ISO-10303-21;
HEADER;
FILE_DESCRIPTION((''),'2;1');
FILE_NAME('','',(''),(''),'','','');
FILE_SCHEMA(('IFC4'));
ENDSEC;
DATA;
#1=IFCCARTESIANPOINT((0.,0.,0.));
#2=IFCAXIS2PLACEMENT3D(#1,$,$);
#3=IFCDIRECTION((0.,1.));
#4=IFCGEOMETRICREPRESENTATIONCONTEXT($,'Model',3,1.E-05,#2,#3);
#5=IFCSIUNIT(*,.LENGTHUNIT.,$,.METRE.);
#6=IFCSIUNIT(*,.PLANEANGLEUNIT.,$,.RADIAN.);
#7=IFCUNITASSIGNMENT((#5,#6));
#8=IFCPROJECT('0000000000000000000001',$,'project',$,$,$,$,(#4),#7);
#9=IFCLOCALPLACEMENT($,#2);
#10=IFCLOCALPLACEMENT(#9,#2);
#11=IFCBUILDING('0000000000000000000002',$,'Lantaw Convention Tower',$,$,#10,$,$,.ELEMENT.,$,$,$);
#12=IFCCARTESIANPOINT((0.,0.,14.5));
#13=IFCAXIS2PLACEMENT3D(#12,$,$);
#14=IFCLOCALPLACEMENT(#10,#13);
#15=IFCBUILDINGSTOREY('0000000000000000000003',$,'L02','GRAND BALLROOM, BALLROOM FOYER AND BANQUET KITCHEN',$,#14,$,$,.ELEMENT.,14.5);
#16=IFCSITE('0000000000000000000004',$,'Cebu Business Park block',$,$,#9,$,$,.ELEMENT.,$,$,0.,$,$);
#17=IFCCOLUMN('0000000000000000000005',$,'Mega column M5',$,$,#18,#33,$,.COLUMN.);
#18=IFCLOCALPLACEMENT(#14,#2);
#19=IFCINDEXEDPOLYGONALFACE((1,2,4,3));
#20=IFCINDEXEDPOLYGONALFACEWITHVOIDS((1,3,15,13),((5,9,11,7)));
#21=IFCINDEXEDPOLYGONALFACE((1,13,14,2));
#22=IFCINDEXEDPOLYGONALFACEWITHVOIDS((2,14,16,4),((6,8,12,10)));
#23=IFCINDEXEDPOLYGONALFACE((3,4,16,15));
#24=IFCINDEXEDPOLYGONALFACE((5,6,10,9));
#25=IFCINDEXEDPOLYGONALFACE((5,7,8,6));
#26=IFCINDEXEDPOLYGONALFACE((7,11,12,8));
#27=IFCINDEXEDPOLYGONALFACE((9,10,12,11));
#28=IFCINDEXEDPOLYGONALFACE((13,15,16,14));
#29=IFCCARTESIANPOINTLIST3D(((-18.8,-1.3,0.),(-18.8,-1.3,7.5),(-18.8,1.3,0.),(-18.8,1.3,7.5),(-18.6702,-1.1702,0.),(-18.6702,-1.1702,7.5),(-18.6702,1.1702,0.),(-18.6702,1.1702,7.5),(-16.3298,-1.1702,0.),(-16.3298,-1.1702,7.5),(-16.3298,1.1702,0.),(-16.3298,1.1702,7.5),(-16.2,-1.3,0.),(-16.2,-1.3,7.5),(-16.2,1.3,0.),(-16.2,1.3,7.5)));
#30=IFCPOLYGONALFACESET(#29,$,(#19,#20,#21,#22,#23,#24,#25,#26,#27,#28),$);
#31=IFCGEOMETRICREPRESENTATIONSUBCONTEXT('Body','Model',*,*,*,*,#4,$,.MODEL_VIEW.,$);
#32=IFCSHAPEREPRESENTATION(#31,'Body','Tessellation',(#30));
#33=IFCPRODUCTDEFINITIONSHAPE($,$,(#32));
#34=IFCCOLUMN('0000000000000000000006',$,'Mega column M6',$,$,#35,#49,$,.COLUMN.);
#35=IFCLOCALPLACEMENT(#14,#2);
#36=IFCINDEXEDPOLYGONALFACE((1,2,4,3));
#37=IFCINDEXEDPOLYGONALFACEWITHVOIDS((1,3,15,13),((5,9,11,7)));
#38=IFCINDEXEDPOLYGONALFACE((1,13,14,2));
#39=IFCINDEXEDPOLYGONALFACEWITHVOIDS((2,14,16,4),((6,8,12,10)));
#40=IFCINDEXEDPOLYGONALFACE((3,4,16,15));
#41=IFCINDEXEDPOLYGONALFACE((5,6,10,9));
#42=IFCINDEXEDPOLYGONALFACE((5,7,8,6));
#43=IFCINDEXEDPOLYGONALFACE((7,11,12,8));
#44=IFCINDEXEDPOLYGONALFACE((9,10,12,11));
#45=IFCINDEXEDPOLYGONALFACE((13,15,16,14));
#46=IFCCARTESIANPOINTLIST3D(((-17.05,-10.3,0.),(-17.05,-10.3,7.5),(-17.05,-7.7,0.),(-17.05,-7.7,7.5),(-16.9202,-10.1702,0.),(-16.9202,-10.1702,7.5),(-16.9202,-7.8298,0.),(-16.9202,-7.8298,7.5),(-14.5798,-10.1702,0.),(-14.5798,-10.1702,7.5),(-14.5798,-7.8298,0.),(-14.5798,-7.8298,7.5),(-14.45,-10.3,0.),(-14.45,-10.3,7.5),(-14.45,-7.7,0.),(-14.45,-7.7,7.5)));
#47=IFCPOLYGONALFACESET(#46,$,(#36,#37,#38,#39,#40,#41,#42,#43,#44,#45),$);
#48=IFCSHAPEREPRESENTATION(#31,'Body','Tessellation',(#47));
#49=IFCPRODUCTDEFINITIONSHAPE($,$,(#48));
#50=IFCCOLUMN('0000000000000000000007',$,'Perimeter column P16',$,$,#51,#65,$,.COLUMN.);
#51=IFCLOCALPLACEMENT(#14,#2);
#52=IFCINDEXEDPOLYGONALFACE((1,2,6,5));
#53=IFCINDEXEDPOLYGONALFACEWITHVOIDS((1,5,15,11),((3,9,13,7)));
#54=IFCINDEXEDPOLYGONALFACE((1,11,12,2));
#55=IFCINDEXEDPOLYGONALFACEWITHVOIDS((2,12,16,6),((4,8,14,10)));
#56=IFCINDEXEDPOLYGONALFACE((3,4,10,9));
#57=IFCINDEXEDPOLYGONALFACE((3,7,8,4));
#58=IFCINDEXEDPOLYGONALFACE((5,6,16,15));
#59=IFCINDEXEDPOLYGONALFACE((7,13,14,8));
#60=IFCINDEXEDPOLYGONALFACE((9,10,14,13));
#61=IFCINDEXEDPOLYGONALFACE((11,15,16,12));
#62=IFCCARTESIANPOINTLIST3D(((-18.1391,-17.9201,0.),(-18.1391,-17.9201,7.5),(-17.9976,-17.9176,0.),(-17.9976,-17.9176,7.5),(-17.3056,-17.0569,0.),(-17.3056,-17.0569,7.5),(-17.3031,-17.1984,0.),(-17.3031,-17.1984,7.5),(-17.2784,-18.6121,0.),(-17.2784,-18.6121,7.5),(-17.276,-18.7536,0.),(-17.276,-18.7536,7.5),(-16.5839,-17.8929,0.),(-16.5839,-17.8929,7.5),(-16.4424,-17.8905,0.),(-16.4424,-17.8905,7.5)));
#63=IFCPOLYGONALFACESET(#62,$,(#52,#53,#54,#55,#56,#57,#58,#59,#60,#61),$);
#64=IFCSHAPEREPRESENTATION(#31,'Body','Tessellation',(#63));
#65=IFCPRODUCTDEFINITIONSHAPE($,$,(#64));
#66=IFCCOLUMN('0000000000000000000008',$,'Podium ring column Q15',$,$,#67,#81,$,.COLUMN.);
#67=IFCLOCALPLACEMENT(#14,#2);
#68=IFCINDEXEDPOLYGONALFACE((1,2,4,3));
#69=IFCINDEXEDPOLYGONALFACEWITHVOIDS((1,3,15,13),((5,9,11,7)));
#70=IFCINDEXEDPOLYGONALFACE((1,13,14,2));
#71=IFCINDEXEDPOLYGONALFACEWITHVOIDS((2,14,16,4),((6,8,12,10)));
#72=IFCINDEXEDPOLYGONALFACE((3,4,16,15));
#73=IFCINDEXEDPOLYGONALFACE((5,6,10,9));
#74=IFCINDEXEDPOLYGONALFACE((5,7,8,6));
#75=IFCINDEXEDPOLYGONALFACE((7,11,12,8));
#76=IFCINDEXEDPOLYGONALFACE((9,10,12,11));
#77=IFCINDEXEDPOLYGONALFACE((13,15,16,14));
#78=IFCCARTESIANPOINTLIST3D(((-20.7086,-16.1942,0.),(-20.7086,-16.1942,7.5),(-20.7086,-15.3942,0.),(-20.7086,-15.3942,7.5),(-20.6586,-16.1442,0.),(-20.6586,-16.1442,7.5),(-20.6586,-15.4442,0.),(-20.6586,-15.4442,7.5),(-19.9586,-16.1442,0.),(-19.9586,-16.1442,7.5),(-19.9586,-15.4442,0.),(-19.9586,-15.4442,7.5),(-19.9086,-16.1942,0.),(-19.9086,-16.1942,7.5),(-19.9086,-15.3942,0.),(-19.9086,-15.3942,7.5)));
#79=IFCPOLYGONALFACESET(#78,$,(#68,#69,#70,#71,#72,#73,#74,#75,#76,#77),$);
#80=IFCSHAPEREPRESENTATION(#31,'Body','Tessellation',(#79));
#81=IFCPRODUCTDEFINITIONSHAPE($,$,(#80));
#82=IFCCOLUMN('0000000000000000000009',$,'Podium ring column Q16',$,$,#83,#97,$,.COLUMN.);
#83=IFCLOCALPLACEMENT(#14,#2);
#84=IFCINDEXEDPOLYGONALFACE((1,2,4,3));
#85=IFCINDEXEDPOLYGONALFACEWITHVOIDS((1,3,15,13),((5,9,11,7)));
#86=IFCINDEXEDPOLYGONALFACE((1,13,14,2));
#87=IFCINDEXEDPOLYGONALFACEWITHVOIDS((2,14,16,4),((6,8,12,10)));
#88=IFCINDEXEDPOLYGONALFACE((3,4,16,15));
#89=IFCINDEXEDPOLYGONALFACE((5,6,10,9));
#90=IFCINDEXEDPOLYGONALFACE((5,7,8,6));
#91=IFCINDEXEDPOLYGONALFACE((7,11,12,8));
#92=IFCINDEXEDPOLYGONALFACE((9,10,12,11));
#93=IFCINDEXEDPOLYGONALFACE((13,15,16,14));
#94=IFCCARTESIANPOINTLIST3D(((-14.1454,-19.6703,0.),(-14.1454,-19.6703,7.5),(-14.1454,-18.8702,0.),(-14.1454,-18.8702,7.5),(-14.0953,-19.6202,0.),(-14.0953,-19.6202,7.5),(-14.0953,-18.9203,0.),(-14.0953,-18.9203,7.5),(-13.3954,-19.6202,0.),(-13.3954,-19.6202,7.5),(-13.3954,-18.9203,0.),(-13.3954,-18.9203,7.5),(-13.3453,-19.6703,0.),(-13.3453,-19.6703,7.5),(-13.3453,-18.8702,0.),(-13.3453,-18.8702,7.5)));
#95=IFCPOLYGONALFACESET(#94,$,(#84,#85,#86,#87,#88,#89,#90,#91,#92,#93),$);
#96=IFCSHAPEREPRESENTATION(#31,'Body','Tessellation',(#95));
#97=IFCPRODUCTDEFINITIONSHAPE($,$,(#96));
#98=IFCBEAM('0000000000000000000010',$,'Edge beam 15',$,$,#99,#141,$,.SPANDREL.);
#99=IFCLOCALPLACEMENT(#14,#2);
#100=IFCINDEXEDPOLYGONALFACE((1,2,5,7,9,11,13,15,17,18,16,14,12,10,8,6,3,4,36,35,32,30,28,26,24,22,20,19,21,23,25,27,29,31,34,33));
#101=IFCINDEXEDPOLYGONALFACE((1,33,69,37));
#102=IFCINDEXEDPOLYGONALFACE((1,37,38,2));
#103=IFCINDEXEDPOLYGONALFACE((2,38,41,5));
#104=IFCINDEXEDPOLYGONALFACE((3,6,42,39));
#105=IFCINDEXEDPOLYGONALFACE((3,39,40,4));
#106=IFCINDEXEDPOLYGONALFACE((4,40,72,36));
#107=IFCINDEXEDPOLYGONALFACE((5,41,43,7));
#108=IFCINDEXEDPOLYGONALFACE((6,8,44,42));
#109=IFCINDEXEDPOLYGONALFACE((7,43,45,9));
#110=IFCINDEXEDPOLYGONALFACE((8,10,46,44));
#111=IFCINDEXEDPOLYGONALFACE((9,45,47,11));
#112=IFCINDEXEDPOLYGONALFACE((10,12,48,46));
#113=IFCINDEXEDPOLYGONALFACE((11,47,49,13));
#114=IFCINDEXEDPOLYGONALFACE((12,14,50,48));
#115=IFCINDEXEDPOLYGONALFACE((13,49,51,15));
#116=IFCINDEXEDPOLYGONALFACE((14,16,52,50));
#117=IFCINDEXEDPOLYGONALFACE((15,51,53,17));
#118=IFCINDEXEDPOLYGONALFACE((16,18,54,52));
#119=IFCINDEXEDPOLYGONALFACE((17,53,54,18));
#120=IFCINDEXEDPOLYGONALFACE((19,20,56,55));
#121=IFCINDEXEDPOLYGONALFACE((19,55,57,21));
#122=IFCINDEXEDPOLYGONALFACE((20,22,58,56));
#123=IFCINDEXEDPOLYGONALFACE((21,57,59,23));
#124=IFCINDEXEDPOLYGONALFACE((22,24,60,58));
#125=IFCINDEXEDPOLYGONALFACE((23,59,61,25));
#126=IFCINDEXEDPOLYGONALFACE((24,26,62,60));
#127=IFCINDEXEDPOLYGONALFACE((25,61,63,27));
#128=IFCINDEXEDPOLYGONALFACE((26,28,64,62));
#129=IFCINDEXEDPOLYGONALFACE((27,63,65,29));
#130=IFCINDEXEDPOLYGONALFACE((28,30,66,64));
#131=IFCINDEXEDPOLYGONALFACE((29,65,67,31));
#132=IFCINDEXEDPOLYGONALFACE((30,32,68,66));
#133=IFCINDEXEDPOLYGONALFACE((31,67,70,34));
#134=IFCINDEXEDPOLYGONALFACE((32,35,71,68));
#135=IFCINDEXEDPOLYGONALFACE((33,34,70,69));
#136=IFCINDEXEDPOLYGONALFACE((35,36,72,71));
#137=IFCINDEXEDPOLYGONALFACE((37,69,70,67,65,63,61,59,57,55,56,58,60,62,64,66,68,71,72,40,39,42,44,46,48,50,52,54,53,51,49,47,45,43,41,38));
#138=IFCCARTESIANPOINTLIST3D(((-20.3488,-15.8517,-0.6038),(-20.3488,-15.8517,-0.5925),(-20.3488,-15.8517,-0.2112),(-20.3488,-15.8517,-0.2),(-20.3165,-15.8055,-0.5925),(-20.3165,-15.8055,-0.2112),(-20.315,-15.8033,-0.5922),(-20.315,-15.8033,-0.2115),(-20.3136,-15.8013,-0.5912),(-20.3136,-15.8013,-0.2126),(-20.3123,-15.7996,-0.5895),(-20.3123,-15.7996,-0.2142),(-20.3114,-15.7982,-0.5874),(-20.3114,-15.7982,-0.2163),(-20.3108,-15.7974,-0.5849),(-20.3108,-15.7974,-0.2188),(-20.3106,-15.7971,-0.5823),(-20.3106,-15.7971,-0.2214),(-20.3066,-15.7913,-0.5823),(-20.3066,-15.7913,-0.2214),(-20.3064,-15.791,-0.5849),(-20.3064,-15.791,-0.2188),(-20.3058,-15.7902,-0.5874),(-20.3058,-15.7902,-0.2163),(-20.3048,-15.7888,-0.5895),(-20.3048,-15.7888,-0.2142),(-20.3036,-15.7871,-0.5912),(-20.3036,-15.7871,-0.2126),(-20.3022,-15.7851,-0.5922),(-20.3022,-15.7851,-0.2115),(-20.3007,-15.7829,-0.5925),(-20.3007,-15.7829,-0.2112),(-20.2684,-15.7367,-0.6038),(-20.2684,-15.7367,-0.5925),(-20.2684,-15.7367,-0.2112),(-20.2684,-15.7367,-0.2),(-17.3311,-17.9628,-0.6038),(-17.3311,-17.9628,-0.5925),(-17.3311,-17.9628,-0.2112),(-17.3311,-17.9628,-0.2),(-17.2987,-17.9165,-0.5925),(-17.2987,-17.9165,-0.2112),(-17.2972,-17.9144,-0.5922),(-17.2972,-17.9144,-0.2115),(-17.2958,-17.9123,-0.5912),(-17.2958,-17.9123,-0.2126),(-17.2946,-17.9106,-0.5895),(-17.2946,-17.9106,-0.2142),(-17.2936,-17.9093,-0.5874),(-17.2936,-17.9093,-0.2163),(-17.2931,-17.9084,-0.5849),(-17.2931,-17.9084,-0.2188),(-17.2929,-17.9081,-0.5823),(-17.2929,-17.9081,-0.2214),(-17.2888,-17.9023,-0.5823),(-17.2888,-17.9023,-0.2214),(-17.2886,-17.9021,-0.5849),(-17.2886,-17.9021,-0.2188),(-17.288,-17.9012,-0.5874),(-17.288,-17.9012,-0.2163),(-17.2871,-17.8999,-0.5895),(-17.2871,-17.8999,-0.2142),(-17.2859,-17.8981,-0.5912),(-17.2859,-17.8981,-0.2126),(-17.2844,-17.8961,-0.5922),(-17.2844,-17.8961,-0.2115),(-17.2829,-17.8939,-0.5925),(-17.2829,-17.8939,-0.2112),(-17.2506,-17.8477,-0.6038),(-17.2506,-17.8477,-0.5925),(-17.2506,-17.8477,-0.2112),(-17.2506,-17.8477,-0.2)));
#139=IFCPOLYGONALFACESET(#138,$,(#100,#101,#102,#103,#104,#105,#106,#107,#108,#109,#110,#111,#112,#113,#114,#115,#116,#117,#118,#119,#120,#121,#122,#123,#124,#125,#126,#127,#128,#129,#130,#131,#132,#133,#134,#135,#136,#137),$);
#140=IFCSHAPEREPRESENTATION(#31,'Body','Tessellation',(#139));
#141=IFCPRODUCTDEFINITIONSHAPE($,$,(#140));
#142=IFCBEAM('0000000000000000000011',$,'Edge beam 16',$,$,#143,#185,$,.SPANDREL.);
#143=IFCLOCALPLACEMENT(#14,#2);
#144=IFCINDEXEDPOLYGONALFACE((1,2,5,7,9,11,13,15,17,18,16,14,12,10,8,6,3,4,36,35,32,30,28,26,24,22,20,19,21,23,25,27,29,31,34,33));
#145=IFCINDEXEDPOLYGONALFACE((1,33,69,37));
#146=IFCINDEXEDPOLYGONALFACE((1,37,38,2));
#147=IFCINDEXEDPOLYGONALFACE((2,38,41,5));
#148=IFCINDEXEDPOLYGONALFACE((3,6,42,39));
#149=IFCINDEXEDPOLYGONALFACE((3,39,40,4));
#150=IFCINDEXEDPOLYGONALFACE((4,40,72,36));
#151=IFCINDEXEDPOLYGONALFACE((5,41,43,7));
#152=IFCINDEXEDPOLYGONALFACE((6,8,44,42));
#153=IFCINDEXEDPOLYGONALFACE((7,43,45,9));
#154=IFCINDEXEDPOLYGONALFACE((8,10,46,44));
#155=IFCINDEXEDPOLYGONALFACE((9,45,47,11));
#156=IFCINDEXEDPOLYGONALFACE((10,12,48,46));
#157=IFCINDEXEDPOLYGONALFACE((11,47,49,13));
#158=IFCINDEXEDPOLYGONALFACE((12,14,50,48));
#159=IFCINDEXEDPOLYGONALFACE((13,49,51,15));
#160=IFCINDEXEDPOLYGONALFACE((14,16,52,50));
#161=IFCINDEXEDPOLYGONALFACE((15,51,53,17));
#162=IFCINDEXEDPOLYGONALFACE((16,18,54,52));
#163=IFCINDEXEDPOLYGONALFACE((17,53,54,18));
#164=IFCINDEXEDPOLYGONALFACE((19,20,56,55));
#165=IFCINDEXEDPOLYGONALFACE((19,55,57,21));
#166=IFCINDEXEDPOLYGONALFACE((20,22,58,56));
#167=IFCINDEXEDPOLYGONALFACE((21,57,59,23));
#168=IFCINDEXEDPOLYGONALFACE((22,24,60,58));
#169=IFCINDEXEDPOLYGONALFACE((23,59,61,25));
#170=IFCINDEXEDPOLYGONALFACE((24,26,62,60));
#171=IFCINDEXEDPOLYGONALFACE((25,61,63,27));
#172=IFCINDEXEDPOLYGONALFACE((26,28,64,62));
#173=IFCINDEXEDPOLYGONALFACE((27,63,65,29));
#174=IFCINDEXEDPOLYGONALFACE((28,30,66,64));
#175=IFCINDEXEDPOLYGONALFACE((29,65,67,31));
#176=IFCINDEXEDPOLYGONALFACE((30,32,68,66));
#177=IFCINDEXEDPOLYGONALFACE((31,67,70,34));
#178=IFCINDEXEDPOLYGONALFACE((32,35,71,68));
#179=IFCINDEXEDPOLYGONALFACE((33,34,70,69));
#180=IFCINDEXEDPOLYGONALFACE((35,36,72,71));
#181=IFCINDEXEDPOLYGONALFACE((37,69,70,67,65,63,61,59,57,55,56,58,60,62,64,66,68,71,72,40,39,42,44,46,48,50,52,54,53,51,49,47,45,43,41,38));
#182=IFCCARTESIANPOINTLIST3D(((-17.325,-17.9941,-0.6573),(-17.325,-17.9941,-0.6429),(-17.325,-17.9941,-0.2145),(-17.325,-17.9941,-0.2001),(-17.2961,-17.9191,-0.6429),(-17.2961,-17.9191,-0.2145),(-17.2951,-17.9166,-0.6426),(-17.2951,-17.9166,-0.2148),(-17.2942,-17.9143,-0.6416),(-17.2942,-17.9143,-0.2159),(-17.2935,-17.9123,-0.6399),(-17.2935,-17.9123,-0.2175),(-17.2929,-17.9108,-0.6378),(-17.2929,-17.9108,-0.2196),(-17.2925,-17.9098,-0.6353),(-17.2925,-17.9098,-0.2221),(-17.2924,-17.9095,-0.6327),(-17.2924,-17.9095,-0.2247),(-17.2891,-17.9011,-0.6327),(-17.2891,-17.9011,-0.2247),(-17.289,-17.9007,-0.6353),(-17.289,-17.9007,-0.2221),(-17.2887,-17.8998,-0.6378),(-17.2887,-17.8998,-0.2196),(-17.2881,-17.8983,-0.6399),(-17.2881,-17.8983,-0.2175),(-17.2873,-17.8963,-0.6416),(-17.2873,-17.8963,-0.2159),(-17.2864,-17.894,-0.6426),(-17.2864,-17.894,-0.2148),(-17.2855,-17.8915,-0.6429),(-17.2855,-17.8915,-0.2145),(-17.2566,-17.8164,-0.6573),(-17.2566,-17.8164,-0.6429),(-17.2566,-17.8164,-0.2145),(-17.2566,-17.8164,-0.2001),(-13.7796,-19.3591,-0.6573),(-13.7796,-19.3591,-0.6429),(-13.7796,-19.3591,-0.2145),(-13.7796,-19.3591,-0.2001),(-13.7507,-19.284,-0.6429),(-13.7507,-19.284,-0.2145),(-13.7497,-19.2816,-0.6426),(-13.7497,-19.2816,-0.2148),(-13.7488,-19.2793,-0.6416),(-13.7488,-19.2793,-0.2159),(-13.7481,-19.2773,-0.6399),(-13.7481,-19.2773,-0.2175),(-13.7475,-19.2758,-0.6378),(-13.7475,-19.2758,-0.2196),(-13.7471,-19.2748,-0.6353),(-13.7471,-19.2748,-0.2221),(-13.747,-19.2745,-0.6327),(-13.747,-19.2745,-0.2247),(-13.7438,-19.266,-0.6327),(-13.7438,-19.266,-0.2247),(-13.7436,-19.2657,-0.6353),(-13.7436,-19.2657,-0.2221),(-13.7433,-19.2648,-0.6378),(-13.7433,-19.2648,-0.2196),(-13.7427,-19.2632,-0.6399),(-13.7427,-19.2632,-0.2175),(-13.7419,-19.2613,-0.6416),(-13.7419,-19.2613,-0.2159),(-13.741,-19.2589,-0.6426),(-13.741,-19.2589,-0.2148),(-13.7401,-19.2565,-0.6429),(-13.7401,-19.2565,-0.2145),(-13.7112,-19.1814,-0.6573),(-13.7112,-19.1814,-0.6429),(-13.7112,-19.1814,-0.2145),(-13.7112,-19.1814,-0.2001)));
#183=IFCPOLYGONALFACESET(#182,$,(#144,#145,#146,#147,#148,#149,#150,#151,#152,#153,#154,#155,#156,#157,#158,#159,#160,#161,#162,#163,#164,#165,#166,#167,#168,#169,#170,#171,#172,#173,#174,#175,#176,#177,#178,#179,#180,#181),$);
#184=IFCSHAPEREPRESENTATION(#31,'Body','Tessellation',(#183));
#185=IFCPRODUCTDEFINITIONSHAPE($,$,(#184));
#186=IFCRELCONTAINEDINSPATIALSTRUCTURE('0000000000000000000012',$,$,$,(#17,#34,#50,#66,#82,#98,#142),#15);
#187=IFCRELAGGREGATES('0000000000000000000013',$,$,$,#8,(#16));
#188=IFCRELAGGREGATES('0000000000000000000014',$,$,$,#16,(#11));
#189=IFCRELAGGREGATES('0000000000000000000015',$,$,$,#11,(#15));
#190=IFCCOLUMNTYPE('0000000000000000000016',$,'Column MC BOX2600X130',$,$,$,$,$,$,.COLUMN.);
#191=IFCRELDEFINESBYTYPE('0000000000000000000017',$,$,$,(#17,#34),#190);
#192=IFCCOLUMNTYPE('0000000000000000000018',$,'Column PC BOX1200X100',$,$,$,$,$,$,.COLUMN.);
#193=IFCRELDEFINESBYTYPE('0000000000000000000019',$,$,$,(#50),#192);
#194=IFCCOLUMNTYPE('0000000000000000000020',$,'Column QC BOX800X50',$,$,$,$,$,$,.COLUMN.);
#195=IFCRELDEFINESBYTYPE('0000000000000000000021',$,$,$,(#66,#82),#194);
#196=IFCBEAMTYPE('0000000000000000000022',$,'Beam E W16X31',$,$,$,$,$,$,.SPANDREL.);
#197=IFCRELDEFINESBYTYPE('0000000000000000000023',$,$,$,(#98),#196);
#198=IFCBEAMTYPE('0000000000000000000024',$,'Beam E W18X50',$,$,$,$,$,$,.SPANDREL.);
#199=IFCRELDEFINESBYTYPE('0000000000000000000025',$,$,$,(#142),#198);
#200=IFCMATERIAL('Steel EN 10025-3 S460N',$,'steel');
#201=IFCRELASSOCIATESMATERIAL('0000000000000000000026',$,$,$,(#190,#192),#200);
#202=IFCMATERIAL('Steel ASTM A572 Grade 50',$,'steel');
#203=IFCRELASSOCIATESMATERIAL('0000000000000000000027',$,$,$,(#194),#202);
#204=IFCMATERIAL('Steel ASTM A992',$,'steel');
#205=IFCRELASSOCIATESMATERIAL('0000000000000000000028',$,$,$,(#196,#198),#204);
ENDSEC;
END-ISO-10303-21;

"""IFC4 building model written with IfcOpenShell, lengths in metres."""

from ifc_helpers import new_model, si_unit, direction, frame, origin, origin_2d, place, context, subcontext, project, spatial, rectangle, hollow_rectangle, i_section, extrude, material, material_profile, profile_set, type_object, element, save


model = new_model("IFC4")

# Units and contexts
model_context = context("Model", 3, precision=1e-05, world=origin(), true_north=direction((0.0, 1.0)))
body_context = subcontext(model_context, "Body", "Model", "MODEL_VIEW")
ifc_project = project(units=[si_unit("LENGTHUNIT", "METRE"), si_unit("PLANEANGLEUNIT", "RADIAN")], contexts=[model_context])

# Site, building, storey
site_placement = place(None, origin())
site = spatial("IfcSite", under=ifc_project, at=site_placement, Name="Cebu Business Park block", CompositionType="ELEMENT", RefElevation=0.0)
building_placement = place(site_placement, origin())
building = spatial("IfcBuilding", under=site, at=building_placement, Name="Lantaw Convention Tower", CompositionType="ELEMENT")
storey_placement = place(building_placement, frame((0.0, 0.0, 14.5)))
storey = spatial("IfcBuildingStorey", under=building, at=storey_placement, Name="L02", Description="GRAND BALLROOM, BALLROOM FOYER AND BANQUET KITCHEN", CompositionType="ELEMENT", Elevation=14.5)

# Columns
ifc_material_1 = material(Name="Steel EN 10025-3 S460N", Category="steel")
ifc_material_profile_1 = material_profile(ifc_material_1, hollow_rectangle(XDim=2.6001, YDim=2.6001, WallThickness=0.1299, at=origin_2d()), Name="BOX2600X130")
ifc_material_2 = material(Name="Concrete C60/75", Category="concrete")
ifc_material_profile_2 = material_profile(ifc_material_2, rectangle(XDim=2.3401, YDim=2.3401, at=origin_2d()), Name="Concrete fill of BOX2600X130")
ifc_profile_set_1 = profile_set([ifc_material_profile_1, ifc_material_profile_2], Name="Steel EN 10025-3 S460N")
column_type_1 = type_object("IfcColumnType", Name="Column MC BOX2600X130", PredefinedType="COLUMN", material=ifc_profile_set_1)
for number, where, z_axis, x_axis, name in (
    (1, (-17.5, 0.0, 0.0), (0.0, 0.0, 1.0), (1.0, 0.0, 0.0), "Mega column M5"),
    (2, (-15.75, -9.0, 0.0), (0.0, 0.0, 1.0), (1.0, 0.0, 0.0), "Mega column M6"),
):
    element("IfcColumn", number, at=place(storey_placement, frame(where, z_axis=z_axis, x_axis=x_axis)), inside=storey, type_object=column_type_1, Name=name, PredefinedType="COLUMN", context=body_context, shape_type="SweptSolid", body=[
        extrude(hollow_rectangle(XDim=2.6001, YDim=2.6001, WallThickness=0.1299, at=origin_2d()), origin(), (0.0, 0.0, 1.0), 7.5),
    ])
ifc_material_profile_3 = material_profile(ifc_material_1, hollow_rectangle(XDim=1.2, YDim=1.2, WallThickness=0.1001, at=origin_2d()), Name="BOX1200X100")
ifc_material_profile_4 = material_profile(ifc_material_2, rectangle(XDim=1.0, YDim=1.0, at=origin_2d()), Name="Concrete fill of BOX1200X100")
ifc_profile_set_2 = profile_set([ifc_material_profile_3, ifc_material_profile_4], Name="Steel EN 10025-3 S460N")
column_type_2 = type_object("IfcColumnType", Name="Column PC BOX1200X100", PredefinedType="COLUMN", material=ifc_profile_set_2)
column_placement = place(storey_placement, frame((-17.2908, -17.9053, 0.0), z_axis=(0.0, 0.0, 1.0), x_axis=(0.694658, 0.71934, 0.0)))
element("IfcColumn", 3, at=column_placement, inside=storey, type_object=column_type_2, Name="Perimeter column P16", PredefinedType="COLUMN", context=body_context, shape_type="SweptSolid", body=[
    extrude(hollow_rectangle(XDim=1.2, YDim=1.2, WallThickness=0.1001, at=origin_2d()), origin(), (0.0, 0.0, 1.0), 7.5),
])
ifc_material_3 = material(Name="Steel ASTM A572 Grade 50", Category="steel")
ifc_material_profile_5 = material_profile(ifc_material_3, hollow_rectangle(XDim=0.8, YDim=0.8, WallThickness=0.05, at=origin_2d()), Name="BOX800X50")
ifc_profile_set_3 = profile_set([ifc_material_profile_5], Name="Steel ASTM A572 Grade 50")
column_type_3 = type_object("IfcColumnType", Name="Column QC BOX800X50", PredefinedType="COLUMN", material=ifc_profile_set_3)
for number, where, z_axis, x_axis, name in (
    (4, (-20.3086, -15.7942, 0.0), (0.0, 0.0, 1.0), (1.0, 0.0, 0.0), "Podium ring column Q15"),
    (5, (-13.7454, -19.2703, 0.0), (0.0, 0.0, 1.0), (1.0, 0.0, 0.0), "Podium ring column Q16"),
):
    element("IfcColumn", number, at=place(storey_placement, frame(where, z_axis=z_axis, x_axis=x_axis)), inside=storey, type_object=column_type_3, Name=name, PredefinedType="COLUMN", context=body_context, shape_type="SweptSolid", body=[
        extrude(hollow_rectangle(XDim=0.8, YDim=0.8, WallThickness=0.05, at=origin_2d()), origin(), (0.0, 0.0, 1.0), 7.5),
    ])

# Beams
ifc_material_4 = material(Name="Steel ASTM A992", Category="steel")
ifc_material_profile_6 = material_profile(ifc_material_4, i_section(OverallWidth=0.1404, OverallDepth=0.4038, WebThickness=0.0071, FlangeThickness=0.0112, FilletRadius=0.0103, at=origin_2d()), Name="W16X31")
ifc_profile_set_4 = profile_set([ifc_material_profile_6], Name="Steel ASTM A992")
beam_type_1 = type_object("IfcBeamType", Name="Beam E W16X31", PredefinedType="SPANDREL", material=ifc_profile_set_4)
beam_1_placement = place(storey_placement, frame((-20.3086, -15.7942, -0.4019), z_axis=(0.819409, -0.573209, 0.0), x_axis=(0.573209, 0.819409, 0.0)))
element("IfcBeam", 6, at=beam_1_placement, inside=storey, type_object=beam_type_1, Name="Edge beam 15", PredefinedType="SPANDREL", context=body_context, shape_type="SweptSolid", body=[
    extrude(i_section(OverallWidth=0.1404, OverallDepth=0.4038, WebThickness=0.0071, FlangeThickness=0.0112, FilletRadius=0.0103, at=origin_2d()), origin(), (0.0, 0.0, 1.0), 3.6829),
])
ifc_material_profile_7 = material_profile(ifc_material_4, i_section(OverallWidth=0.1904, OverallDepth=0.4573, WebThickness=0.009, FlangeThickness=0.0144, FilletRadius=0.0103, at=origin_2d()), Name="W18X50")
ifc_profile_set_5 = profile_set([ifc_material_profile_7], Name="Steel ASTM A992")
beam_type_2 = type_object("IfcBeamType", Name="Beam E W18X50", PredefinedType="SPANDREL", material=ifc_profile_set_5)
beam_2_placement = place(storey_placement, frame((-17.2908, -17.9053, -0.4287), z_axis=(0.933225, -0.359293, 0.0), x_axis=(0.359293, 0.933225, 0.0)))
element("IfcBeam", 7, at=beam_2_placement, inside=storey, type_object=beam_type_2, Name="Edge beam 16", PredefinedType="SPANDREL", context=body_context, shape_type="SweptSolid", body=[
    extrude(i_section(OverallWidth=0.1904, OverallDepth=0.4573, WebThickness=0.009, FlangeThickness=0.0144, FilletRadius=0.0103, at=origin_2d()), origin(), (0.0, 0.0, 1.0), 3.7991),
])

save(model, "model.ifc")
